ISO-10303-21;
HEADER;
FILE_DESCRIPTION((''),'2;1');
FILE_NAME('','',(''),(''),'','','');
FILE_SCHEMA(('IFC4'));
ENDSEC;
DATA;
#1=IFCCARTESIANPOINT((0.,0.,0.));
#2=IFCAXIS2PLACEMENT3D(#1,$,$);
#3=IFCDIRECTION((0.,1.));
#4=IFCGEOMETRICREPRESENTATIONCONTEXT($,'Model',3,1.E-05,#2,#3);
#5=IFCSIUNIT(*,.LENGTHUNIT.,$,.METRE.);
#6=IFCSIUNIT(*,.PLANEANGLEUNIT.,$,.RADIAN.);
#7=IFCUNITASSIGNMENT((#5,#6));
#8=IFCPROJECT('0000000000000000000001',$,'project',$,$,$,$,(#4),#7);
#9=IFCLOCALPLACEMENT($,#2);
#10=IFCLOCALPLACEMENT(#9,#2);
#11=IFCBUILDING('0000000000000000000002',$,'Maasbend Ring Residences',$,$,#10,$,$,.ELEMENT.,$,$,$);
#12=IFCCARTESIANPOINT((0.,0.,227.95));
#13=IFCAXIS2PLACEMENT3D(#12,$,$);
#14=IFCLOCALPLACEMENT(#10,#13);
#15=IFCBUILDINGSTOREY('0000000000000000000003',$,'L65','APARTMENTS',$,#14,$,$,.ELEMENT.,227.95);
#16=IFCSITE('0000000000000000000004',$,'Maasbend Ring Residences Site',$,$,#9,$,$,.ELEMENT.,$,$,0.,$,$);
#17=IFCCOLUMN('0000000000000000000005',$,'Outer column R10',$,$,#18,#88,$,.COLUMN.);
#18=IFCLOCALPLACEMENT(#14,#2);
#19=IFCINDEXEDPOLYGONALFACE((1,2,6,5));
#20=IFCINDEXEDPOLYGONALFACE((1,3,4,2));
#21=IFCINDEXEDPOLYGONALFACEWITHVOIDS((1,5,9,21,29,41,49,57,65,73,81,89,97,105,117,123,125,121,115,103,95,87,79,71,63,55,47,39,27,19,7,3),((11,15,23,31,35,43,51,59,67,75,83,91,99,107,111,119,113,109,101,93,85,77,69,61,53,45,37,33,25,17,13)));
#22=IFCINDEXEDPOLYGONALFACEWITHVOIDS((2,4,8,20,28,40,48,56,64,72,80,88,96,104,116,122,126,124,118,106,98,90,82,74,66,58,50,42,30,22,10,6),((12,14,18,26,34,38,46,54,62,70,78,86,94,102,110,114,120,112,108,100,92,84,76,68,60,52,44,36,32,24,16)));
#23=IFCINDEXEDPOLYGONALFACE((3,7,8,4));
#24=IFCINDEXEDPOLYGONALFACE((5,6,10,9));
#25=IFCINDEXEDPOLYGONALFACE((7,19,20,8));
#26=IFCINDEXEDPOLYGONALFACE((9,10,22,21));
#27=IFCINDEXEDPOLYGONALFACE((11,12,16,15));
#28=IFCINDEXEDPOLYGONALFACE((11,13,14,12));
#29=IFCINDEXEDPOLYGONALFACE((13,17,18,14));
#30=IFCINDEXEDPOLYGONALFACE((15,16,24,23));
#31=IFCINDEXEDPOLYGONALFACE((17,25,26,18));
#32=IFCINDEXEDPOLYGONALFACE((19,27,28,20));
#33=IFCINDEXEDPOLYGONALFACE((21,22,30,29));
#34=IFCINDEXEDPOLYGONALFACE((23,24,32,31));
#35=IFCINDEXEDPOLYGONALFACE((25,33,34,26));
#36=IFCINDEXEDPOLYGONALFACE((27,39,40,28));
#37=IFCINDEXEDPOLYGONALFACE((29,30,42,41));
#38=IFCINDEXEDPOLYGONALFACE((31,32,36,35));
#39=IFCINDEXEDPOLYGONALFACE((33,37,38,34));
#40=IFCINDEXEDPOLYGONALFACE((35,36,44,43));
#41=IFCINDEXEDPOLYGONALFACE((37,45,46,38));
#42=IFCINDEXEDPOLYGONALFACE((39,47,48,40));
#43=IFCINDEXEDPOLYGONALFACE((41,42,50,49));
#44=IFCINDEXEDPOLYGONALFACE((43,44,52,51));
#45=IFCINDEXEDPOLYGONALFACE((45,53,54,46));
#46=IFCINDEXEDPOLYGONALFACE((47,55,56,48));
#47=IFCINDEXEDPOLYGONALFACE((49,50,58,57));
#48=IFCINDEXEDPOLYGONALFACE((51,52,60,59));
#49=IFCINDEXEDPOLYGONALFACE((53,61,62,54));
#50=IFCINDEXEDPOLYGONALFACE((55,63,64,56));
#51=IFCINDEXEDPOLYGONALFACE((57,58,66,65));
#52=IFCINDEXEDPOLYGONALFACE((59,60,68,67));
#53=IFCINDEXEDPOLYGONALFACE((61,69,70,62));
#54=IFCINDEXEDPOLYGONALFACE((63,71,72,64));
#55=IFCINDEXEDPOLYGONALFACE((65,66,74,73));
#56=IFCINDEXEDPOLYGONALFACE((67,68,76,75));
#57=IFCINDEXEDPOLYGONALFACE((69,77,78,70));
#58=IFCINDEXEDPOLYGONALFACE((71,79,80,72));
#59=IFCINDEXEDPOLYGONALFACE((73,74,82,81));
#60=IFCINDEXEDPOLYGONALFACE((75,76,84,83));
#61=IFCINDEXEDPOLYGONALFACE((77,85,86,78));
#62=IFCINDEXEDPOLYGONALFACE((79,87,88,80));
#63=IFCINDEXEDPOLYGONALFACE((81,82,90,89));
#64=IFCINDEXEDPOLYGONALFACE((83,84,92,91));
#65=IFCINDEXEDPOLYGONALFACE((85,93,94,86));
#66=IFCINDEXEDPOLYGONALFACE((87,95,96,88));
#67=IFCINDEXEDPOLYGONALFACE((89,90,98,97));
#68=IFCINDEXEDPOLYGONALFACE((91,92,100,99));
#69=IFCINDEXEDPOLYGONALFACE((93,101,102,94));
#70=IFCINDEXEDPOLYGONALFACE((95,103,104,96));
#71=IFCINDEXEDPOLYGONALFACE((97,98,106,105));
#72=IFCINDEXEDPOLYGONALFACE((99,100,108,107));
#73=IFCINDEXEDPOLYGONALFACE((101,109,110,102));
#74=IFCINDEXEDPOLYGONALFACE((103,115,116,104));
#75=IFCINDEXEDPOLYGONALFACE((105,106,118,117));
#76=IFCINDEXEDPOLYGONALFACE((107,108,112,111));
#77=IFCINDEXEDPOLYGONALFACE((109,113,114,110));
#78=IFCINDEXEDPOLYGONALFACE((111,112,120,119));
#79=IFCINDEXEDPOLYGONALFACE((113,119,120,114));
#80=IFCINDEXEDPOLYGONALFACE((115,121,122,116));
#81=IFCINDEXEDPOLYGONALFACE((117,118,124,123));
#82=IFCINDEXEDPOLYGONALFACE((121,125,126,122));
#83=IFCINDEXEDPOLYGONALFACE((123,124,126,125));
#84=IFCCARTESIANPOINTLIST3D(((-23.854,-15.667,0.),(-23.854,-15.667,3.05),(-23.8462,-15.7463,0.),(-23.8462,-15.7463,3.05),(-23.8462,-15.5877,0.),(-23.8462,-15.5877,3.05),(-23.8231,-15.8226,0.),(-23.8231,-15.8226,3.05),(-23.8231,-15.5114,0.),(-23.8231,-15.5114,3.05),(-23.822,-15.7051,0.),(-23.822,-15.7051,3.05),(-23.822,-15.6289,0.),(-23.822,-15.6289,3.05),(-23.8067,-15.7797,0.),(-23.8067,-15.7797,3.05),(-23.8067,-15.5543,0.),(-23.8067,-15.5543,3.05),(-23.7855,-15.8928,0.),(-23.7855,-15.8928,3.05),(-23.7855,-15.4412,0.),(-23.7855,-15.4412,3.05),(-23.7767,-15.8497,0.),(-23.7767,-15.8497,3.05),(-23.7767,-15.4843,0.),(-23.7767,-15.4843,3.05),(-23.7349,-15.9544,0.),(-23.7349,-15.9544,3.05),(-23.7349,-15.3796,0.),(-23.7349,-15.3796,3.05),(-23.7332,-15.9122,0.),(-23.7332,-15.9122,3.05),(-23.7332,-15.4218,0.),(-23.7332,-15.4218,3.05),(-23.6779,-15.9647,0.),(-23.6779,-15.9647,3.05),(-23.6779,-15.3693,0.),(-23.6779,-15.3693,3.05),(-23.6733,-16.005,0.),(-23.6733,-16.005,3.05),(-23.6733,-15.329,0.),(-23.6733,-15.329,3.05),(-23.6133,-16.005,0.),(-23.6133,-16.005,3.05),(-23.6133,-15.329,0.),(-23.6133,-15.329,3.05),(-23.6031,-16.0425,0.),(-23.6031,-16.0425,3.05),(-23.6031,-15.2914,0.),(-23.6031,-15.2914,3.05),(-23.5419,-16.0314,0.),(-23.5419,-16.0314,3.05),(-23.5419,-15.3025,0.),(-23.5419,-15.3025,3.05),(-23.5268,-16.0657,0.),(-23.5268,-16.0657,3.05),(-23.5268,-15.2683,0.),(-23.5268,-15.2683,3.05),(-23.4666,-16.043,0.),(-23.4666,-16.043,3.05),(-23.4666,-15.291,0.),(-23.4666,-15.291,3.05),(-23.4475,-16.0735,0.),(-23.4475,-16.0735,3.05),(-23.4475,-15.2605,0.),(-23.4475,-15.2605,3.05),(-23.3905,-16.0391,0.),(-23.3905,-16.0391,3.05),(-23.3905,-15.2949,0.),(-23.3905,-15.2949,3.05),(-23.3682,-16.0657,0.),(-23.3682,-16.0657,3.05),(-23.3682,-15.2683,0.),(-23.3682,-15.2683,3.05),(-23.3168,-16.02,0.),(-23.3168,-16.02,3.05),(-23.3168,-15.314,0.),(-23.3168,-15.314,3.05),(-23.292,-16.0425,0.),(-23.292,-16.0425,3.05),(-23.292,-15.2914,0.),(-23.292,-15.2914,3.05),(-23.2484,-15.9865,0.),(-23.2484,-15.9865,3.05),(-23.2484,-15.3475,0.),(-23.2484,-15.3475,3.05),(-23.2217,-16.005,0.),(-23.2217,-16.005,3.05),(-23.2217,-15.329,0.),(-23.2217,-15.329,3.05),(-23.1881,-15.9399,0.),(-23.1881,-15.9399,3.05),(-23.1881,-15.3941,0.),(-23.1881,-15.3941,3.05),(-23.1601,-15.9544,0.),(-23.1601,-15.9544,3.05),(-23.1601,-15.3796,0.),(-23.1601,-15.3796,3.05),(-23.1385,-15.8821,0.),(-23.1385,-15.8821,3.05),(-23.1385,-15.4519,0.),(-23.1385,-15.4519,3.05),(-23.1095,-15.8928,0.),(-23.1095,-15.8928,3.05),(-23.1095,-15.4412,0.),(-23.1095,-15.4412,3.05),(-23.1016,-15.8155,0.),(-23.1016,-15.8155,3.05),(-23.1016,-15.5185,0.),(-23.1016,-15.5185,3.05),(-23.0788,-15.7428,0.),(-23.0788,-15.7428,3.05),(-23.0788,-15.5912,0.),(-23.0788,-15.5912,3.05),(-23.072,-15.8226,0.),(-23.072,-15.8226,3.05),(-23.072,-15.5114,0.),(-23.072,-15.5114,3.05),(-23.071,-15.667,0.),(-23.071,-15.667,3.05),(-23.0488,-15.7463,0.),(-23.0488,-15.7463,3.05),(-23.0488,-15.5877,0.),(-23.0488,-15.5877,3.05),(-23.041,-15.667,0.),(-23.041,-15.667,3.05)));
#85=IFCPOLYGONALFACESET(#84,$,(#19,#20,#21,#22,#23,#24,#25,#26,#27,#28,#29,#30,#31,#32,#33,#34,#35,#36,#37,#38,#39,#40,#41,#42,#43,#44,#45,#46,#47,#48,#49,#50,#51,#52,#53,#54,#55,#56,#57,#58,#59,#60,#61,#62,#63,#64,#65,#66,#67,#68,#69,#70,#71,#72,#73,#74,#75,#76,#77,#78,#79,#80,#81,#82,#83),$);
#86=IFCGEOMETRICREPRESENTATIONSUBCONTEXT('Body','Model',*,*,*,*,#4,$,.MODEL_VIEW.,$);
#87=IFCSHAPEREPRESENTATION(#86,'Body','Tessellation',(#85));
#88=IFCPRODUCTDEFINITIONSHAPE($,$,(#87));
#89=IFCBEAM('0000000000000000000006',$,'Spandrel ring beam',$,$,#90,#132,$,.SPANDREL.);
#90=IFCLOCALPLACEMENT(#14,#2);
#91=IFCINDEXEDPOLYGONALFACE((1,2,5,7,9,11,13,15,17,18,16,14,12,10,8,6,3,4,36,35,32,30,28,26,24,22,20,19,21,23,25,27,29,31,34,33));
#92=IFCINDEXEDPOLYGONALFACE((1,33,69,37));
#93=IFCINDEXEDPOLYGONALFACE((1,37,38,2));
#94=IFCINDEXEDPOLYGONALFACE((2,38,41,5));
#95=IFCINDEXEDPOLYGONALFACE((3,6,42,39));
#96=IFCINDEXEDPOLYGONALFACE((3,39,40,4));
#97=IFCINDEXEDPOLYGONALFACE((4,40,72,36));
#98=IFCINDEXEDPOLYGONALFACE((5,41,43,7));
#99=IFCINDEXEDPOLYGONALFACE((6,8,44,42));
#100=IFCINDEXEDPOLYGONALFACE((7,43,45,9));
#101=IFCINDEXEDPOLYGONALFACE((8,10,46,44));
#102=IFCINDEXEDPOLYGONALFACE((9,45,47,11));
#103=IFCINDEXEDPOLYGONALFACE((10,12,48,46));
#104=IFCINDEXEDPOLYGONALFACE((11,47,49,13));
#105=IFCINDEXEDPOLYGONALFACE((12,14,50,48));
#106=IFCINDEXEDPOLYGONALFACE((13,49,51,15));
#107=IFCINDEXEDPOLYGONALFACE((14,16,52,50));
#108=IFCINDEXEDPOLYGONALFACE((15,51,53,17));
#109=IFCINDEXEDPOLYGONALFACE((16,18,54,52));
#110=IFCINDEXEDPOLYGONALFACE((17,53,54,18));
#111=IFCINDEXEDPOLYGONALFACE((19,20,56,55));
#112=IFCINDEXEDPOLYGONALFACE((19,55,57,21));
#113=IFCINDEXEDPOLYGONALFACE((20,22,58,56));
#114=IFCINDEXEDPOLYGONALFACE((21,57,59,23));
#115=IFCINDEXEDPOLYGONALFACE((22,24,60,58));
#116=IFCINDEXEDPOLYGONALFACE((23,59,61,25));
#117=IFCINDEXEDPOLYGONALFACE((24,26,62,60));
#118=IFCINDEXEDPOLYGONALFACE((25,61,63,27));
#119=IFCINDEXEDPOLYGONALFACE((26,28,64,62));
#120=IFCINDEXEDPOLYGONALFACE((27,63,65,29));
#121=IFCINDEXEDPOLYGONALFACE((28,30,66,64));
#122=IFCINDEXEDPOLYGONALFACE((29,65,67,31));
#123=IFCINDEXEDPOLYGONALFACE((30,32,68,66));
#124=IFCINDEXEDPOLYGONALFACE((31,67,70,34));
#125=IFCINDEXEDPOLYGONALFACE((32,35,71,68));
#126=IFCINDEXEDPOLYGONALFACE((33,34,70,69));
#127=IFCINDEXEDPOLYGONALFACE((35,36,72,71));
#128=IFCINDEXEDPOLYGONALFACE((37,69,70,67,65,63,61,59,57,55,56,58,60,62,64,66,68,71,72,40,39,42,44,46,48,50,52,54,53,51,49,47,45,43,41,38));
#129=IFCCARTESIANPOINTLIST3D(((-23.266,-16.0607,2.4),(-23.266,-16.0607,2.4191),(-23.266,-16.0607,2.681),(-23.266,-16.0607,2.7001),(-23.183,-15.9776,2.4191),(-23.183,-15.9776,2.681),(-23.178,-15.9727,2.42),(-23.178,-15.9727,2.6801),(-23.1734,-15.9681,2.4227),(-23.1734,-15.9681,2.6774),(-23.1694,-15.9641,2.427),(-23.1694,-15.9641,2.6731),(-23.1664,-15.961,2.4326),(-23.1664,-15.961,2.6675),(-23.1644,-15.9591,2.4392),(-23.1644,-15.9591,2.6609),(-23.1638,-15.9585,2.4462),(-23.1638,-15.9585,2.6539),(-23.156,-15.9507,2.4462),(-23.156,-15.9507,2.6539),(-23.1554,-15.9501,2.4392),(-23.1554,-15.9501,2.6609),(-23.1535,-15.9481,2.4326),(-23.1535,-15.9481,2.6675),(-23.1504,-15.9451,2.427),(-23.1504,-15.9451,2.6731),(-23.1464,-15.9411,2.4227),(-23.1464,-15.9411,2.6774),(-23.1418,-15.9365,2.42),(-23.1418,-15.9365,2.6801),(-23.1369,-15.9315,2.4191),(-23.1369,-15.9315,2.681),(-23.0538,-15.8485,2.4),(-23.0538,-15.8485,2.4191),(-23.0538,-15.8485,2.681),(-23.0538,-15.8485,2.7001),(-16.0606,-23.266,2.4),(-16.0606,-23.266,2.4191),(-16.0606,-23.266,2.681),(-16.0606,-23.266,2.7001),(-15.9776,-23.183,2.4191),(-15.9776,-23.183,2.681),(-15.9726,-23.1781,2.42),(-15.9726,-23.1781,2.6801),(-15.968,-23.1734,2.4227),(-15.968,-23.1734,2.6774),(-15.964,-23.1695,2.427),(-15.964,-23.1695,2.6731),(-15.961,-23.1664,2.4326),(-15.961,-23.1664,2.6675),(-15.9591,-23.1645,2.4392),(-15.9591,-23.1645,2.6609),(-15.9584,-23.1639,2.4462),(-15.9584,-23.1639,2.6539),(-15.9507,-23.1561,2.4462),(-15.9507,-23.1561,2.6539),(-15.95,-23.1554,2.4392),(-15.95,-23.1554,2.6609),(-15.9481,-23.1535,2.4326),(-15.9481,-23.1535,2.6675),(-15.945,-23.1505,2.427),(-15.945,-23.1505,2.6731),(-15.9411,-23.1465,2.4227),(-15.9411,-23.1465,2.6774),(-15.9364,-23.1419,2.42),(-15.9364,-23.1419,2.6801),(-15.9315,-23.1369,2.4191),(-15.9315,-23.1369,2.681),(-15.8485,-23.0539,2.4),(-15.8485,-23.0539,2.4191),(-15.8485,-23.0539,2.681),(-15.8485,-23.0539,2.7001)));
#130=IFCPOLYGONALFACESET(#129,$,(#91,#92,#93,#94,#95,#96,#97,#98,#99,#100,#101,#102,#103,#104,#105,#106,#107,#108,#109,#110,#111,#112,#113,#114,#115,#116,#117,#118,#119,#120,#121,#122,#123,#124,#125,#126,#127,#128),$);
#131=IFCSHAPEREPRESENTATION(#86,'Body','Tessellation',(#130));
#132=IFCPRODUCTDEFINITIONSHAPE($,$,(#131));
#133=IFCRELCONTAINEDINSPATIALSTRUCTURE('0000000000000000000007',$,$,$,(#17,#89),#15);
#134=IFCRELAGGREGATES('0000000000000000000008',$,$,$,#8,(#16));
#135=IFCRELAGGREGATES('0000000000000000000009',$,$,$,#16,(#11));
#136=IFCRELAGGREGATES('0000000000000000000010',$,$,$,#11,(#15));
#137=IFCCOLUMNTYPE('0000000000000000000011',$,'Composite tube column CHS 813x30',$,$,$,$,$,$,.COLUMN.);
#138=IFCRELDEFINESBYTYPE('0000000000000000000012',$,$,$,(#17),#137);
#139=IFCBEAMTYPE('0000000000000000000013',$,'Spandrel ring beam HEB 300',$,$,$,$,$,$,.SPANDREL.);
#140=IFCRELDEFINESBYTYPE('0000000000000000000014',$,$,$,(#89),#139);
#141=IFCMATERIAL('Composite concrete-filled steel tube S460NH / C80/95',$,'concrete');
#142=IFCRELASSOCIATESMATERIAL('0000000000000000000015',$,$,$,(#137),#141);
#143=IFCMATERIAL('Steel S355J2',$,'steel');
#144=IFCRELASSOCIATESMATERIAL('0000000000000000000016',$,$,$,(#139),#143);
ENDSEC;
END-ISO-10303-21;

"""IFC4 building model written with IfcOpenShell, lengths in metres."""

from ifc_helpers import new_model, si_unit, direction, frame, origin, origin_2d, place, context, subcontext, project, spatial, hollow_circle, i_section, extrude, material, material_profile, profile_set, type_object, element, save


model = new_model("IFC4")

# Units and contexts
model_context = context("Model", 3, precision=1e-05, world=origin(), true_north=direction((0.0, 1.0)))
body_context = subcontext(model_context, "Body", "Model", "MODEL_VIEW")
ifc_project = project(units=[si_unit("LENGTHUNIT", "METRE"), si_unit("PLANEANGLEUNIT", "RADIAN")], contexts=[model_context])

# Site, building, storey
site_placement = place(None, origin())
site = spatial("IfcSite", under=ifc_project, at=site_placement, Name="Maasbend Ring Residences Site", CompositionType="ELEMENT", RefElevation=0.0)
building_placement = place(site_placement, origin())
building = spatial("IfcBuilding", under=site, at=building_placement, Name="Maasbend Ring Residences", CompositionType="ELEMENT")
storey_placement = place(building_placement, frame((0.0, 0.0, 227.95)))
storey = spatial("IfcBuildingStorey", under=building, at=storey_placement, Name="L65", Description="APARTMENTS", CompositionType="ELEMENT", Elevation=227.95)

# Column
ifc_material_1 = material(Name="Composite concrete-filled steel tube S460NH / C80/95", Category="concrete")
ifc_material_profile_1 = material_profile(ifc_material_1, hollow_circle(Radius=0.4065, WallThickness=0.03, at=origin_2d()), Name="Composite tube column CHS 813x30")
ifc_profile_set_1 = profile_set([ifc_material_profile_1], Name="Composite concrete-filled steel tube S460NH / C80/95")
column_type = type_object("IfcColumnType", Name="Composite tube column CHS 813x30", PredefinedType="COLUMN", material=ifc_profile_set_1)
column_placement = place(storey_placement, frame((-23.4475, -15.667, 0.0), z_axis=(0.0, 0.0, 1.0), x_axis=(1.0, 0.0, 0.0)))
element("IfcColumn", 1, at=column_placement, inside=storey, type_object=column_type, Name="Outer column R10", PredefinedType="COLUMN", context=body_context, shape_type="SweptSolid", body=[
    extrude(hollow_circle(Radius=0.4065, WallThickness=0.03, at=origin_2d()), origin(), (0.0, 0.0, 1.0), 3.05),
])

# Beam
ifc_material_2 = material(Name="Steel S355J2", Category="steel")
ifc_material_profile_2 = material_profile(ifc_material_2, i_section(OverallWidth=0.3, OverallDepth=0.3, WebThickness=0.011, FlangeThickness=0.019, FilletRadius=0.0271, at=origin_2d()), Name="HEB 300")
ifc_profile_set_2 = profile_set([ifc_material_profile_2], Name="Steel S355J2")
beam_type = type_object("IfcBeamType", Name="Spandrel ring beam HEB 300", PredefinedType="SPANDREL", material=ifc_profile_set_2)
beam_placement = place(storey_placement, frame((-23.1599, -15.9546, 2.55), z_axis=(0.707107, -0.707107, 0.0), x_axis=(0.707107, 0.707107, 0.0)))
element("IfcBeam", 2, at=beam_placement, inside=storey, type_object=beam_type, Name="Spandrel ring beam", PredefinedType="SPANDREL", context=body_context, shape_type="SweptSolid", body=[
    extrude(i_section(OverallWidth=0.3, OverallDepth=0.3, WebThickness=0.011, FlangeThickness=0.019, FilletRadius=0.0271, at=origin_2d()), origin(), (0.0, 0.0, 1.0), 10.1899),
])

save(model, "model.ifc")
